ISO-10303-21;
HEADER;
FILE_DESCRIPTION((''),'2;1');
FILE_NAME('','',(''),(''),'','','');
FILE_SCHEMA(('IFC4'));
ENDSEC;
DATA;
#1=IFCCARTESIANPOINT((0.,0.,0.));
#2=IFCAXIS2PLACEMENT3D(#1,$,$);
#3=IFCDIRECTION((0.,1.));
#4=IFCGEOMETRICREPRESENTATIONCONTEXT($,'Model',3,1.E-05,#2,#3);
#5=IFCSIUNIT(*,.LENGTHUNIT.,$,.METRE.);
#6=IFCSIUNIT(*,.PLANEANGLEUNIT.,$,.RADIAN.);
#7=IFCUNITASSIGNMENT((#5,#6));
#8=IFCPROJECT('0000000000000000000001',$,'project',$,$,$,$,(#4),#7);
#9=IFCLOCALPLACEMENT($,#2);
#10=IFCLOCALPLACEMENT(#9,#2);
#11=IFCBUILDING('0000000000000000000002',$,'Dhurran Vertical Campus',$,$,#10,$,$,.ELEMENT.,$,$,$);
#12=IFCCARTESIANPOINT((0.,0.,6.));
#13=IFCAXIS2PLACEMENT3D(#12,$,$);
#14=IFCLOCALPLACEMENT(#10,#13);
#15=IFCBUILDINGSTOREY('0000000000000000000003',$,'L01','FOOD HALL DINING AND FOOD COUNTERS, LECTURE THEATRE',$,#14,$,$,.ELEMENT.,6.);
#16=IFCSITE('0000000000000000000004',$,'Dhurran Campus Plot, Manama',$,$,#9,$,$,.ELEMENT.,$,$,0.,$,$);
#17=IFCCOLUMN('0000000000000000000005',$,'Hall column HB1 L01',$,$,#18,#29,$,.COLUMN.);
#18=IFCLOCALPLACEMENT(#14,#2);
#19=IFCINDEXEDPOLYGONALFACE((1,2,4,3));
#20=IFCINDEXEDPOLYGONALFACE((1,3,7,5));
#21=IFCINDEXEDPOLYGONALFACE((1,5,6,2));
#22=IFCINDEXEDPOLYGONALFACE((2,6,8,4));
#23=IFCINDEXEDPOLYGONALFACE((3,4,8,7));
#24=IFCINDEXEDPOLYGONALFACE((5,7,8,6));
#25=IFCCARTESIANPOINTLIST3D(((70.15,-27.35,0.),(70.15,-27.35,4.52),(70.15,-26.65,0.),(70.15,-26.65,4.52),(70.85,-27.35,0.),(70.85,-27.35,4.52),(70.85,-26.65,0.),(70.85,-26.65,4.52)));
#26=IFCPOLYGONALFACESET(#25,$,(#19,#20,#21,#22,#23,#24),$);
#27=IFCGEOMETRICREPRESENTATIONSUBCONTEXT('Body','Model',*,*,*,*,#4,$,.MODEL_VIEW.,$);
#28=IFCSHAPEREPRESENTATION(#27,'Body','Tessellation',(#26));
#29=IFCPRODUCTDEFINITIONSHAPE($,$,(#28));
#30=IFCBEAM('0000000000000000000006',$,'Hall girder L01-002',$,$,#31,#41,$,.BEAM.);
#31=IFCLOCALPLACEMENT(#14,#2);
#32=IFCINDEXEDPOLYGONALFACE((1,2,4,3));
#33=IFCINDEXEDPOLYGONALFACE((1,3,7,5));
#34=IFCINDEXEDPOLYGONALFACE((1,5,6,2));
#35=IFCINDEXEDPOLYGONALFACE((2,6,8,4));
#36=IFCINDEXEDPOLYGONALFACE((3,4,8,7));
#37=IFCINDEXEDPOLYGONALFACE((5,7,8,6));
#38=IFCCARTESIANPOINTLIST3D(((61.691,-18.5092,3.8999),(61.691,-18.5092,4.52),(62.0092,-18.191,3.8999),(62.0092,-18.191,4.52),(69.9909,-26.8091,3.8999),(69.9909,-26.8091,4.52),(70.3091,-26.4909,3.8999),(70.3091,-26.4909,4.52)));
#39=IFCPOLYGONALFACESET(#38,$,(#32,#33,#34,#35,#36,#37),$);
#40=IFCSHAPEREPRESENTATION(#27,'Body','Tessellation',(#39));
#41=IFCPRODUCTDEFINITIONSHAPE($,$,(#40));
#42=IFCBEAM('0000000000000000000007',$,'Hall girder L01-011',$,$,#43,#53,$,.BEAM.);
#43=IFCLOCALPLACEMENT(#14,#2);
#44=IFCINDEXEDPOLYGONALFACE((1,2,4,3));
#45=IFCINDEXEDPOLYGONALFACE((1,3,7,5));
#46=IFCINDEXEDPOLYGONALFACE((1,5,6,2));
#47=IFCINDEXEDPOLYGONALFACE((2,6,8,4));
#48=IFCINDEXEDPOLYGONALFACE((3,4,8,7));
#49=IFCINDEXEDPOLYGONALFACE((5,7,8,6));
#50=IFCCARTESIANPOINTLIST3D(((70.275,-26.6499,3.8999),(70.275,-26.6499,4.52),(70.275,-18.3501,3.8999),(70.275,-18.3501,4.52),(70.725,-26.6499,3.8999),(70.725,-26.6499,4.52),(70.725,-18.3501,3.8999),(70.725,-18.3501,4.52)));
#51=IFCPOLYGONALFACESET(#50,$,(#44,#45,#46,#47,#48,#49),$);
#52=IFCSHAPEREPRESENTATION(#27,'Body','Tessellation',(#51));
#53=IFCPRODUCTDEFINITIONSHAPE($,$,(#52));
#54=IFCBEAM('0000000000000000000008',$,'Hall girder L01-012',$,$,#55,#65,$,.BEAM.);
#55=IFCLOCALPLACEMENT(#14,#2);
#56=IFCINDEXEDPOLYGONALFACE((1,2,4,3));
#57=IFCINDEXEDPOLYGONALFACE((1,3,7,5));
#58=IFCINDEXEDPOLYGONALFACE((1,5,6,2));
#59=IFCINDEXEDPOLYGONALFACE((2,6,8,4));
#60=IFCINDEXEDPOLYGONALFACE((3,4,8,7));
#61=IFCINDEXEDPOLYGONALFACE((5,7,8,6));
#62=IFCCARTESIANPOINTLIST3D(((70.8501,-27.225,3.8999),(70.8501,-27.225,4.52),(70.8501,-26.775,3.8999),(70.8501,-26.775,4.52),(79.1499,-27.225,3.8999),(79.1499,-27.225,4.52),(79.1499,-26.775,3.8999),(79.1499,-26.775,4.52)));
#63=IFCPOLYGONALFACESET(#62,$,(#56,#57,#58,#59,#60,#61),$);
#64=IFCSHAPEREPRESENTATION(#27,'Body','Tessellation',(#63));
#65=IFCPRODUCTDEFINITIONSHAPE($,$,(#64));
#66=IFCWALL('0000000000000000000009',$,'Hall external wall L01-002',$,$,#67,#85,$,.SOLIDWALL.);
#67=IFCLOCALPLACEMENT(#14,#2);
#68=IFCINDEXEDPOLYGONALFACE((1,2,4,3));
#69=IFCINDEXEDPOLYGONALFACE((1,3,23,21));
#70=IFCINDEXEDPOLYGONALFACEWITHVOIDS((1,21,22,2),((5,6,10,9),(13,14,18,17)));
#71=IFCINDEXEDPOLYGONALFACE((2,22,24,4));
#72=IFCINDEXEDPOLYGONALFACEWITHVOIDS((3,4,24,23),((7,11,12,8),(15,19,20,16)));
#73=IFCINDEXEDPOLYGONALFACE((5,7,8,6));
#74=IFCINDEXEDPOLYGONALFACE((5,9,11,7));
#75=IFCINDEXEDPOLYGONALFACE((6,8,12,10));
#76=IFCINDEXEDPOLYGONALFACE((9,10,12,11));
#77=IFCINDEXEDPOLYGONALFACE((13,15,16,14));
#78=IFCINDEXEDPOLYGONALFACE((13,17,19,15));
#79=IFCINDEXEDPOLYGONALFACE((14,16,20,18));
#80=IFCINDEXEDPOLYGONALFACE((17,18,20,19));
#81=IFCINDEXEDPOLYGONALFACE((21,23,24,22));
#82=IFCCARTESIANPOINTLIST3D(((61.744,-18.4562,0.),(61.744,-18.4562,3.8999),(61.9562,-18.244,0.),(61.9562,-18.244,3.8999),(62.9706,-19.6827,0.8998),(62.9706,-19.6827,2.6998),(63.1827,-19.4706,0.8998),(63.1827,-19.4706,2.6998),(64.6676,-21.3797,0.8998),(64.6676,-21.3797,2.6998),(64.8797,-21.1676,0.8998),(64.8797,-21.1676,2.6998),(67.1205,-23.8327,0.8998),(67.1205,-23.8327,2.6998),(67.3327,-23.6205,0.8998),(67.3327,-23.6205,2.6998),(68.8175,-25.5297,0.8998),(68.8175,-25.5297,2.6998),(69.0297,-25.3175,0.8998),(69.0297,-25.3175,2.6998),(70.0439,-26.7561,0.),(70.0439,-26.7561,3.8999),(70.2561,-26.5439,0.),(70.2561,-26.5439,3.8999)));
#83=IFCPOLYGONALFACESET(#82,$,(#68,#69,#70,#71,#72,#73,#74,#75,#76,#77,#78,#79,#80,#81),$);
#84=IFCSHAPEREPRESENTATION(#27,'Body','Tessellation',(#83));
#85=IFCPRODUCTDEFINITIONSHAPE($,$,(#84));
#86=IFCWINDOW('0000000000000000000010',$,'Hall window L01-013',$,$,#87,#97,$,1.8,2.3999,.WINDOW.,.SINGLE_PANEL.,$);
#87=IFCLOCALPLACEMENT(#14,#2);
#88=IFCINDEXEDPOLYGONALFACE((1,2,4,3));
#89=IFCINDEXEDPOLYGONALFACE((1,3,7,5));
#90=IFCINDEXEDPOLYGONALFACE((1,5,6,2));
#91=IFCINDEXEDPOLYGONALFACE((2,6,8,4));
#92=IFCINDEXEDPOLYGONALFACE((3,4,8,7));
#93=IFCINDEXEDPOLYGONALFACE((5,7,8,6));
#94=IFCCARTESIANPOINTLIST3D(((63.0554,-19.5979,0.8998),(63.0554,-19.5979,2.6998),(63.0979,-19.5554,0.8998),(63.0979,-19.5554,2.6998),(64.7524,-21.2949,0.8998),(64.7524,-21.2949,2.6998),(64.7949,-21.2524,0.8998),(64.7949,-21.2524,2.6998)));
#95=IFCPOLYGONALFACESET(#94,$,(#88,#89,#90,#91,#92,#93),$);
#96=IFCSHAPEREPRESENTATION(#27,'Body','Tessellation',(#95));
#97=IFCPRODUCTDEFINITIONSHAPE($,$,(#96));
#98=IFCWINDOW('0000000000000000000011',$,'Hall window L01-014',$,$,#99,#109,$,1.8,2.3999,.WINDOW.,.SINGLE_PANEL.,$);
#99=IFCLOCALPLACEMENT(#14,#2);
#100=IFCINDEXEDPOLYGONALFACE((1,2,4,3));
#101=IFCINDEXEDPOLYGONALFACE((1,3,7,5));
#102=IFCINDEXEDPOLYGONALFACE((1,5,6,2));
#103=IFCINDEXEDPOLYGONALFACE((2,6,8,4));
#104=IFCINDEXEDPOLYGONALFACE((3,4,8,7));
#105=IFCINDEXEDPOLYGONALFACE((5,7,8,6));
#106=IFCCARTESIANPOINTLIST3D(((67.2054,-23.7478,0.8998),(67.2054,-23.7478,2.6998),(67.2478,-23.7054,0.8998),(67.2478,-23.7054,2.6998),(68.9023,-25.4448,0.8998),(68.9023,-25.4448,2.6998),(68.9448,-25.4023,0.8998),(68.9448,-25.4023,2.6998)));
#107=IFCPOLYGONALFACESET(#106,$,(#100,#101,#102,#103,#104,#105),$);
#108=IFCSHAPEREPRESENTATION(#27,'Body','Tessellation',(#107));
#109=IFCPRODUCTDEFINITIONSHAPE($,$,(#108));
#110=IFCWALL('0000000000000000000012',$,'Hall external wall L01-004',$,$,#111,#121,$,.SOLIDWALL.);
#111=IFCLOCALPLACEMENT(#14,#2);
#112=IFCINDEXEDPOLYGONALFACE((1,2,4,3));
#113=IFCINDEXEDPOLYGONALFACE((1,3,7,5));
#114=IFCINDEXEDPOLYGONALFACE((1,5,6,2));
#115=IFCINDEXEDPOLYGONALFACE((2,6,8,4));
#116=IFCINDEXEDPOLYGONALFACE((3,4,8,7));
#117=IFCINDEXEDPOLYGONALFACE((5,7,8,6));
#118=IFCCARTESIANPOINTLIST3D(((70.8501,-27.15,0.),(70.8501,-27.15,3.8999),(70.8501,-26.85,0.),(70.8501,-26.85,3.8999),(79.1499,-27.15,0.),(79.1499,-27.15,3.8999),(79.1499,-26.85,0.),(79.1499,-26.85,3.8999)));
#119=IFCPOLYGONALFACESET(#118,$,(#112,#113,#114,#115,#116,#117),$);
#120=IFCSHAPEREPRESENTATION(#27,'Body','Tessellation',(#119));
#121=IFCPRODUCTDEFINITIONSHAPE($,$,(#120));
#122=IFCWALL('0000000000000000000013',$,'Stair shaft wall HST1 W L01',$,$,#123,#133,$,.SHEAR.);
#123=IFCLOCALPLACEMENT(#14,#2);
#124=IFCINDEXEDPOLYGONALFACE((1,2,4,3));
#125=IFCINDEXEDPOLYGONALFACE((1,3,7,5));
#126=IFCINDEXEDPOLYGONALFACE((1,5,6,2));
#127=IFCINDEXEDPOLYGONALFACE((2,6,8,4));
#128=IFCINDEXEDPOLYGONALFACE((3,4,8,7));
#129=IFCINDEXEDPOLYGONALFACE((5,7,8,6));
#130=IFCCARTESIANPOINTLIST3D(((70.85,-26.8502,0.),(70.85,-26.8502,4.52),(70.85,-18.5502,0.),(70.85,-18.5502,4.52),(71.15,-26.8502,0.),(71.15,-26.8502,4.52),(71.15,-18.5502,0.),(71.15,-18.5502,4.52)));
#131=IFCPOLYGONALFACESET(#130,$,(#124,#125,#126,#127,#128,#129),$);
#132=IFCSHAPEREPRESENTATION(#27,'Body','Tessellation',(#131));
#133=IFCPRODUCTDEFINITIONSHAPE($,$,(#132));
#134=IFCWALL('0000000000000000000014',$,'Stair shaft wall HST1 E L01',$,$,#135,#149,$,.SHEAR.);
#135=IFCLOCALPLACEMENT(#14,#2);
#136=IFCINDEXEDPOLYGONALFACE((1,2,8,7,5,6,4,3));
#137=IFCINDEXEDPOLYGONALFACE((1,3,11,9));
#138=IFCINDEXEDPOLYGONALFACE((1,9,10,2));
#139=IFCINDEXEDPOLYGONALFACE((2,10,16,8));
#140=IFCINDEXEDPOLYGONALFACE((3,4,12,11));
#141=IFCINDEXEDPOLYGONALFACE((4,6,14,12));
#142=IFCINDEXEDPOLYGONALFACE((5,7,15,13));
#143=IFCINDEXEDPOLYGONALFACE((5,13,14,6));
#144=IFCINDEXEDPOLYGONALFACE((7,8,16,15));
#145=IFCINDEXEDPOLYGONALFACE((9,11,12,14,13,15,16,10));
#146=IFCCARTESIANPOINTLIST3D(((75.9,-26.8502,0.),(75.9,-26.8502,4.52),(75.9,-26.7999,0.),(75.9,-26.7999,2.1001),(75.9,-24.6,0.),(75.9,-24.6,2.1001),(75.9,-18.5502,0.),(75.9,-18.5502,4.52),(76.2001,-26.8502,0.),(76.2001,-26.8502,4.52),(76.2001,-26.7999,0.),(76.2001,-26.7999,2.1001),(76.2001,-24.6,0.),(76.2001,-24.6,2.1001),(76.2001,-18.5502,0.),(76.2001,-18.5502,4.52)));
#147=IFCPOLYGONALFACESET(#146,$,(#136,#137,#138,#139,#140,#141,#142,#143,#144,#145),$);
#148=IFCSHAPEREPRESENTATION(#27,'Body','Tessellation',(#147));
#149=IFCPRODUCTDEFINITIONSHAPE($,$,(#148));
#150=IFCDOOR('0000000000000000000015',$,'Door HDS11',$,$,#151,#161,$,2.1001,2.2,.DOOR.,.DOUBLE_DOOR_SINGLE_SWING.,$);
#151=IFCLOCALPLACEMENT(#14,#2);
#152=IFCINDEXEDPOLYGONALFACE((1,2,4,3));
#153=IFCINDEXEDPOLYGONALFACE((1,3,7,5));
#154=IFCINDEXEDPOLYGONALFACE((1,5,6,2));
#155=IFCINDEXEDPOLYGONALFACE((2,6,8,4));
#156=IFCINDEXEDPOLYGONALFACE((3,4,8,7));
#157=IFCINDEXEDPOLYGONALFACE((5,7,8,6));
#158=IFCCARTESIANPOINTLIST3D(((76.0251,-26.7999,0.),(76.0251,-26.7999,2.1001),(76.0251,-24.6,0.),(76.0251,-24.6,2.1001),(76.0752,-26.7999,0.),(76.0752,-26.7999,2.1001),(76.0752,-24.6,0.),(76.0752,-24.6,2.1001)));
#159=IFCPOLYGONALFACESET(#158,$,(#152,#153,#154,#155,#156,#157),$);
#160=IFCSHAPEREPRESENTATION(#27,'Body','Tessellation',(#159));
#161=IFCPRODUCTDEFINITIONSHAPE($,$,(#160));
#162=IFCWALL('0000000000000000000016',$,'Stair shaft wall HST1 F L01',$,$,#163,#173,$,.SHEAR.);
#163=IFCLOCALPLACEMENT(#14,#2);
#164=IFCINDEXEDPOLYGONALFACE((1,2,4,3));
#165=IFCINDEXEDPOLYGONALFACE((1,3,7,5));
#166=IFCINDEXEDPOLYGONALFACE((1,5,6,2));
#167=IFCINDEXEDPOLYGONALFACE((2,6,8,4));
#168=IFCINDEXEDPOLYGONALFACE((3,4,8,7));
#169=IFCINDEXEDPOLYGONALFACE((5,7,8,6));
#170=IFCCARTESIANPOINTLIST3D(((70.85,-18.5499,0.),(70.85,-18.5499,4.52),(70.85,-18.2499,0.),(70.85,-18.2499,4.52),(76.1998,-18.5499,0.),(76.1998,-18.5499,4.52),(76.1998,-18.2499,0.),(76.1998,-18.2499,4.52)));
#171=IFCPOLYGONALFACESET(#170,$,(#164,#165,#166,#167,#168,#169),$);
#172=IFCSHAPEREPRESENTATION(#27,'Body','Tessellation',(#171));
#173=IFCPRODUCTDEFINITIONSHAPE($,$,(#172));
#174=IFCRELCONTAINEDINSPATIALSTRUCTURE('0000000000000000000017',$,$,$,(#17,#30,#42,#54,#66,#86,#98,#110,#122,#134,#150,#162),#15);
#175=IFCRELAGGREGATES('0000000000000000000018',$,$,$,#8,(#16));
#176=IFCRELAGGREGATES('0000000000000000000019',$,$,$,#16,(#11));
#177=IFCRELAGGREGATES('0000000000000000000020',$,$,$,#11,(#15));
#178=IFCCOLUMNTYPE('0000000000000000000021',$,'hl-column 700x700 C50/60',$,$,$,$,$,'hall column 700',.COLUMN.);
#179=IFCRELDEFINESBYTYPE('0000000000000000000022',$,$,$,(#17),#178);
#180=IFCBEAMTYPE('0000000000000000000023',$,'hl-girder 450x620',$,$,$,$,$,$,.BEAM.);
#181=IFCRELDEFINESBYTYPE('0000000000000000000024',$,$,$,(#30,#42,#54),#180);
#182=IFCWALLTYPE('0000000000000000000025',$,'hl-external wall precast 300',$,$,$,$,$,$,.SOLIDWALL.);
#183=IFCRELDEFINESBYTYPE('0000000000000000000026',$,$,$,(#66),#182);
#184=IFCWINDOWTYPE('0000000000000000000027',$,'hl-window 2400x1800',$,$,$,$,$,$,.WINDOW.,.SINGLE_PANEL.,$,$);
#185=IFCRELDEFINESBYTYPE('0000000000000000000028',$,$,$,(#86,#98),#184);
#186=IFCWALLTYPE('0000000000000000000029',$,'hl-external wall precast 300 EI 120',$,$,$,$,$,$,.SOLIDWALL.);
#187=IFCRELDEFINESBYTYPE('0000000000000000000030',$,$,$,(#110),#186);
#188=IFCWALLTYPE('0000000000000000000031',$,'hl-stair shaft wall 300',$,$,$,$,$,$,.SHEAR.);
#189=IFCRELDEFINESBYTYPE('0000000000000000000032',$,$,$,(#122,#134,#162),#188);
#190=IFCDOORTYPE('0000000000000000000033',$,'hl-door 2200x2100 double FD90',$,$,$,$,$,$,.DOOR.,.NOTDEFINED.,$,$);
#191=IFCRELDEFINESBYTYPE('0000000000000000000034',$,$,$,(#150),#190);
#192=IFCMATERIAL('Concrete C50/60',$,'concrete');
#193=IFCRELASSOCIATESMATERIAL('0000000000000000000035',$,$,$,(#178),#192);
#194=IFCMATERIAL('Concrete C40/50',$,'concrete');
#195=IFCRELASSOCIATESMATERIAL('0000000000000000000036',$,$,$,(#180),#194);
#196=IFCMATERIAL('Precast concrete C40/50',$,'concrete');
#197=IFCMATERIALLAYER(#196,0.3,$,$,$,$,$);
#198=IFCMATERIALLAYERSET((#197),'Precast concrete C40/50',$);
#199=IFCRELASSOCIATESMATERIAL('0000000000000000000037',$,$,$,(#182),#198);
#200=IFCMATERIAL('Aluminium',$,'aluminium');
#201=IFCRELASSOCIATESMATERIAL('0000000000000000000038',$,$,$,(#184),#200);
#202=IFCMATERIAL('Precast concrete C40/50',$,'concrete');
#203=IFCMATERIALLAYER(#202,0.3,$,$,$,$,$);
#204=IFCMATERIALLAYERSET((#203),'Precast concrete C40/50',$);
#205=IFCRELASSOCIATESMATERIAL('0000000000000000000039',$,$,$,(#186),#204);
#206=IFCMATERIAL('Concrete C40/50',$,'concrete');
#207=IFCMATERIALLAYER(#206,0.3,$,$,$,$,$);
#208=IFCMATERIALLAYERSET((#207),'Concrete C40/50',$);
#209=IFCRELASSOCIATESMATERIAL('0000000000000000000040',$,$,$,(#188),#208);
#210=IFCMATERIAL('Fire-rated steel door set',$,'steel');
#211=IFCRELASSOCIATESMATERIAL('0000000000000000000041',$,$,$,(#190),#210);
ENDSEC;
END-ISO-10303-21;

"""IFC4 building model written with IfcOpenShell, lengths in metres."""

from ifc_helpers import new_model, si_unit, direction, frame, frame_2d, origin, origin_2d, place, context, subcontext, project, spatial, rectangle, extrude, material, layer, layer_set, material_profile, profile_set, type_object, element, fill, save


model = new_model("IFC4")

# Units and contexts
model_context = context("Model", 3, precision=1e-05, world=origin(), true_north=direction((0.0, 1.0)))
body_context = subcontext(model_context, "Body", "Model", "MODEL_VIEW")
ifc_project = project(units=[si_unit("LENGTHUNIT", "METRE"), si_unit("PLANEANGLEUNIT", "RADIAN")], contexts=[model_context])

# Site, building, storey
site_placement = place(None, origin())
site = spatial("IfcSite", under=ifc_project, at=site_placement, Name="Dhurran Campus Plot, Manama", CompositionType="ELEMENT", RefElevation=0.0)
building_placement = place(site_placement, origin())
building = spatial("IfcBuilding", under=site, at=building_placement, Name="Dhurran Vertical Campus", CompositionType="ELEMENT")
storey_placement = place(building_placement, frame((0.0, 0.0, 6.0)))
storey = spatial("IfcBuildingStorey", under=building, at=storey_placement, Name="L01", Description="FOOD HALL DINING AND FOOD COUNTERS, LECTURE THEATRE", CompositionType="ELEMENT", Elevation=6.0)

# Column
ifc_material_1 = material(Name="Concrete C50/60", Category="concrete")
ifc_material_profile_1 = material_profile(ifc_material_1, rectangle(XDim=0.7, YDim=0.7, at=origin_2d()), Name="hl-column 700x700 C50/60")
ifc_profile_set_1 = profile_set([ifc_material_profile_1], Name="Concrete C50/60")
column_type = type_object("IfcColumnType", Name="hl-column 700x700 C50/60", ElementType="hall column 700", PredefinedType="COLUMN", material=ifc_profile_set_1)
column_placement = place(storey_placement, frame((70.5, -27.0, 0.0), z_axis=(0.0, 0.0, 1.0), x_axis=(1.0, 0.0, 0.0)))
element("IfcColumn", 1, at=column_placement, inside=storey, type_object=column_type, Name="Hall column HB1 L01", PredefinedType="COLUMN", context=body_context, shape_type="SweptSolid", body=[
    extrude(rectangle(XDim=0.7, YDim=0.7, at=origin_2d()), origin(), (0.0, 0.0, 1.0), 4.52),
])

# Beams
ifc_material_2 = material(Name="Concrete C40/50", Category="concrete")
ifc_material_profile_2 = material_profile(ifc_material_2, rectangle(XDim=0.45, YDim=0.6201, at=origin_2d()), Name="hl-girder 450x620")
ifc_profile_set_2 = profile_set([ifc_material_profile_2], Name="Concrete C40/50")
beam_type = type_object("IfcBeamType", Name="hl-girder 450x620", PredefinedType="BEAM", material=ifc_profile_set_2)
beam_placement = place(storey_placement, frame((61.8501, -18.3501, 4.21), z_axis=(0.707107, -0.707107, 0.0), x_axis=(0.707107, 0.707107, 0.0)))
element("IfcBeam", 2, at=beam_placement, inside=storey, type_object=beam_type, Name="Hall girder L01-002", PredefinedType="BEAM", context=body_context, shape_type="SweptSolid", body=[
    extrude(rectangle(XDim=0.45, YDim=0.6201, at=origin_2d()), origin(), (0.0, 0.0, 1.0), 11.7378),
])
for number, where, z_axis, x_axis, name in (
    (3, (70.5, -26.6499, 4.21), (0.0, 1.0, 0.0), (-1.0, 0.0, 0.0), "Hall girder L01-011"),
    (4, (70.8501, -27.0, 4.21), (1.0, 0.0, 0.0), (0.0, 1.0, 0.0), "Hall girder L01-012"),
):
    element("IfcBeam", number, at=place(storey_placement, frame(where, z_axis=z_axis, x_axis=x_axis)), inside=storey, type_object=beam_type, Name=name, PredefinedType="BEAM", context=body_context, shape_type="SweptSolid", body=[
        extrude(rectangle(XDim=0.45, YDim=0.6201, at=origin_2d()), origin(), (0.0, 0.0, 1.0), 8.2998),
    ])

# Wall, openings, windows
ifc_material_3 = material(Name="Precast concrete C40/50", Category="concrete")
ifc_layer_1 = layer(ifc_material_3, 0.3)
ifc_layer_set_1 = layer_set([ifc_layer_1], Name="Precast concrete C40/50")
wall_type_1 = type_object("IfcWallType", Name="hl-external wall precast 300", PredefinedType="SOLIDWALL", material=ifc_layer_set_1)
wall_1_placement = place(storey_placement, frame((61.8501, -18.3501, 0.0), z_axis=(0.0, 0.0, 1.0), x_axis=(0.707107, -0.707107, 0.0)))
wall_1 = element("IfcWall", 5, at=wall_1_placement, inside=storey, type_object=wall_type_1, Name="Hall external wall L01-002", PredefinedType="SOLIDWALL", context=body_context, shape_type="SweptSolid", body=[
    extrude(rectangle(XDim=11.7378, YDim=0.3, at=frame_2d((5.8689, 0.0))), origin(), (0.0, 0.0, 1.0), 3.8999),
])
opening_1_placement = place(wall_1_placement, frame((1.7346, 0.0, 0.8999)))
opening_1 = element("IfcOpeningElement", 6, at=opening_1_placement, cuts=wall_1, PredefinedType="OPENING", context=body_context, shape_type="SweptSolid", body=[
    extrude(rectangle(XDim=2.3999, YDim=1.8, at=frame_2d((1.2, 0.8999))), frame((0.0, 0.1599, 0.0), z_axis=(0.0, -1.0, 0.0), x_axis=(1.0, 0.0, 0.0)), (0.0, 0.0, 1.0), 0.3201),
])
opening_2_placement = place(wall_1_placement, frame((7.6035, 0.0, 0.8999)))
opening_2 = element("IfcOpeningElement", 7, at=opening_2_placement, cuts=wall_1, PredefinedType="OPENING", context=body_context, shape_type="SweptSolid", body=[
    extrude(rectangle(XDim=2.3999, YDim=1.8, at=frame_2d((1.2, 0.8999))), frame((0.0, 0.1599, 0.0), z_axis=(0.0, -1.0, 0.0), x_axis=(1.0, 0.0, 0.0)), (0.0, 0.0, 1.0), 0.3201),
])
ifc_material_4 = material(Name="Aluminium", Category="aluminium")
window_type = type_object("IfcWindowType", Name="hl-window 2400x1800", PartitioningType="SINGLE_PANEL", PredefinedType="WINDOW", material=ifc_material_4)
window_1_placement = place(opening_1_placement, origin())
window_1 = element("IfcWindow", 8, at=window_1_placement, inside=storey, type_object=window_type, Name="Hall window L01-013", OverallHeight=1.8, OverallWidth=2.3999, PartitioningType="SINGLE_PANEL", PredefinedType="WINDOW", context=body_context, shape_type="SweptSolid", body=[
    extrude(rectangle(XDim=2.3999, YDim=1.8, at=frame_2d((1.2, 0.8999))), frame((0.0, 0.03, 0.0), z_axis=(0.0, -1.0, 0.0), x_axis=(1.0, 0.0, 0.0)), (0.0, 0.0, 1.0), 0.0601),
])
fill(opening_1, window_1)
window_2_placement = place(opening_2_placement, origin())
window_2 = element("IfcWindow", 9, at=window_2_placement, inside=storey, type_object=window_type, Name="Hall window L01-014", OverallHeight=1.8, OverallWidth=2.3999, PartitioningType="SINGLE_PANEL", PredefinedType="WINDOW", context=body_context, shape_type="SweptSolid", body=[
    extrude(rectangle(XDim=2.3999, YDim=1.8, at=frame_2d((1.2, 0.8999))), frame((0.0, 0.03, 0.0), z_axis=(0.0, -1.0, 0.0), x_axis=(1.0, 0.0, 0.0)), (0.0, 0.0, 1.0), 0.0601),
])
fill(opening_2, window_2)

# Walls
ifc_material_5 = material(Name="Precast concrete C40/50", Category="concrete")
ifc_layer_2 = layer(ifc_material_5, 0.3)
ifc_layer_set_2 = layer_set([ifc_layer_2], Name="Precast concrete C40/50")
wall_type_2 = type_object("IfcWallType", Name="hl-external wall precast 300 EI 120", PredefinedType="SOLIDWALL", material=ifc_layer_set_2)
wall_2_placement = place(storey_placement, frame((70.8501, -27.0, 0.0), z_axis=(0.0, 0.0, 1.0), x_axis=(1.0, 0.0, 0.0)))
element("IfcWall", 10, at=wall_2_placement, inside=storey, type_object=wall_type_2, Name="Hall external wall L01-004", PredefinedType="SOLIDWALL", context=body_context, shape_type="SweptSolid", body=[
    extrude(rectangle(XDim=8.2998, YDim=0.3, at=frame_2d((4.1499, 0.0))), origin(), (0.0, 0.0, 1.0), 3.8999),
])
ifc_material_6 = material(Name="Concrete C40/50", Category="concrete")
ifc_layer_3 = layer(ifc_material_6, 0.3)
ifc_layer_set_3 = layer_set([ifc_layer_3], Name="Concrete C40/50")
wall_type_3 = type_object("IfcWallType", Name="hl-stair shaft wall 300", PredefinedType="SHEAR", material=ifc_layer_set_3)
wall_3_placement = place(storey_placement, frame((71.0, -26.8501, 0.0), z_axis=(0.0, 0.0, 1.0), x_axis=(0.0, 1.0, 0.0)))
element("IfcWall", 11, at=wall_3_placement, inside=storey, type_object=wall_type_3, Name="Stair shaft wall HST1 W L01", PredefinedType="SHEAR", context=body_context, shape_type="SweptSolid", body=[
    extrude(rectangle(XDim=8.3, YDim=0.3, at=frame_2d((4.1499, 0.0))), origin(), (0.0, 0.0, 1.0), 4.52),
])

# Wall, opening, door
wall_4_placement = place(storey_placement, frame((76.05, -26.8501, 0.0), z_axis=(0.0, 0.0, 1.0), x_axis=(0.0, 1.0, 0.0)))
wall_4 = element("IfcWall", 12, at=wall_4_placement, inside=storey, type_object=wall_type_3, Name="Stair shaft wall HST1 E L01", PredefinedType="SHEAR", context=body_context, shape_type="SweptSolid", body=[
    extrude(rectangle(XDim=8.3, YDim=0.3, at=frame_2d((4.1499, 0.0))), origin(), (0.0, 0.0, 1.0), 4.52),
])
opening_3_placement = place(wall_4_placement, frame((0.05, 0.0, 0.0)))
opening_3 = element("IfcOpeningElement", 13, at=opening_3_placement, cuts=wall_4, PredefinedType="OPENING", context=body_context, shape_type="SweptSolid", body=[
    extrude(rectangle(XDim=2.2, YDim=2.1001, at=frame_2d((1.1001, 1.05))), frame((0.0, 0.1599, 0.0), z_axis=(0.0, -1.0, 0.0), x_axis=(1.0, 0.0, 0.0)), (0.0, 0.0, 1.0), 0.3201),
])
ifc_material_7 = material(Name="Fire-rated steel door set", Category="steel")
door_type = type_object("IfcDoorType", Name="hl-door 2200x2100 double FD90", OperationType="NOTDEFINED", PredefinedType="DOOR", material=ifc_material_7)
door_placement = place(opening_3_placement, origin())
door = element("IfcDoor", 14, at=door_placement, inside=storey, type_object=door_type, Name="Door HDS11", OperationType="DOUBLE_DOOR_SINGLE_SWING", OverallHeight=2.1001, OverallWidth=2.2, PredefinedType="DOOR", context=body_context, shape_type="SweptSolid", body=[
    extrude(rectangle(XDim=2.2, YDim=2.1001, at=frame_2d((1.1001, 1.05))), frame((0.0, 0.0249, 0.0), z_axis=(0.0, -1.0, 0.0), x_axis=(1.0, 0.0, 0.0)), (0.0, 0.0, 1.0), 0.05),
])
fill(opening_3, door)

# Wall
wall_5_placement = place(storey_placement, frame((70.8501, -18.3999, 0.0), z_axis=(0.0, 0.0, 1.0), x_axis=(1.0, 0.0, 0.0)))
element("IfcWall", 15, at=wall_5_placement, inside=storey, type_object=wall_type_3, Name="Stair shaft wall HST1 F L01", PredefinedType="SHEAR", context=body_context, shape_type="SweptSolid", body=[
    extrude(rectangle(XDim=5.3499, YDim=0.3, at=frame_2d((2.6748, 0.0))), origin(), (0.0, 0.0, 1.0), 4.52),
])

save(model, "model.ifc")
